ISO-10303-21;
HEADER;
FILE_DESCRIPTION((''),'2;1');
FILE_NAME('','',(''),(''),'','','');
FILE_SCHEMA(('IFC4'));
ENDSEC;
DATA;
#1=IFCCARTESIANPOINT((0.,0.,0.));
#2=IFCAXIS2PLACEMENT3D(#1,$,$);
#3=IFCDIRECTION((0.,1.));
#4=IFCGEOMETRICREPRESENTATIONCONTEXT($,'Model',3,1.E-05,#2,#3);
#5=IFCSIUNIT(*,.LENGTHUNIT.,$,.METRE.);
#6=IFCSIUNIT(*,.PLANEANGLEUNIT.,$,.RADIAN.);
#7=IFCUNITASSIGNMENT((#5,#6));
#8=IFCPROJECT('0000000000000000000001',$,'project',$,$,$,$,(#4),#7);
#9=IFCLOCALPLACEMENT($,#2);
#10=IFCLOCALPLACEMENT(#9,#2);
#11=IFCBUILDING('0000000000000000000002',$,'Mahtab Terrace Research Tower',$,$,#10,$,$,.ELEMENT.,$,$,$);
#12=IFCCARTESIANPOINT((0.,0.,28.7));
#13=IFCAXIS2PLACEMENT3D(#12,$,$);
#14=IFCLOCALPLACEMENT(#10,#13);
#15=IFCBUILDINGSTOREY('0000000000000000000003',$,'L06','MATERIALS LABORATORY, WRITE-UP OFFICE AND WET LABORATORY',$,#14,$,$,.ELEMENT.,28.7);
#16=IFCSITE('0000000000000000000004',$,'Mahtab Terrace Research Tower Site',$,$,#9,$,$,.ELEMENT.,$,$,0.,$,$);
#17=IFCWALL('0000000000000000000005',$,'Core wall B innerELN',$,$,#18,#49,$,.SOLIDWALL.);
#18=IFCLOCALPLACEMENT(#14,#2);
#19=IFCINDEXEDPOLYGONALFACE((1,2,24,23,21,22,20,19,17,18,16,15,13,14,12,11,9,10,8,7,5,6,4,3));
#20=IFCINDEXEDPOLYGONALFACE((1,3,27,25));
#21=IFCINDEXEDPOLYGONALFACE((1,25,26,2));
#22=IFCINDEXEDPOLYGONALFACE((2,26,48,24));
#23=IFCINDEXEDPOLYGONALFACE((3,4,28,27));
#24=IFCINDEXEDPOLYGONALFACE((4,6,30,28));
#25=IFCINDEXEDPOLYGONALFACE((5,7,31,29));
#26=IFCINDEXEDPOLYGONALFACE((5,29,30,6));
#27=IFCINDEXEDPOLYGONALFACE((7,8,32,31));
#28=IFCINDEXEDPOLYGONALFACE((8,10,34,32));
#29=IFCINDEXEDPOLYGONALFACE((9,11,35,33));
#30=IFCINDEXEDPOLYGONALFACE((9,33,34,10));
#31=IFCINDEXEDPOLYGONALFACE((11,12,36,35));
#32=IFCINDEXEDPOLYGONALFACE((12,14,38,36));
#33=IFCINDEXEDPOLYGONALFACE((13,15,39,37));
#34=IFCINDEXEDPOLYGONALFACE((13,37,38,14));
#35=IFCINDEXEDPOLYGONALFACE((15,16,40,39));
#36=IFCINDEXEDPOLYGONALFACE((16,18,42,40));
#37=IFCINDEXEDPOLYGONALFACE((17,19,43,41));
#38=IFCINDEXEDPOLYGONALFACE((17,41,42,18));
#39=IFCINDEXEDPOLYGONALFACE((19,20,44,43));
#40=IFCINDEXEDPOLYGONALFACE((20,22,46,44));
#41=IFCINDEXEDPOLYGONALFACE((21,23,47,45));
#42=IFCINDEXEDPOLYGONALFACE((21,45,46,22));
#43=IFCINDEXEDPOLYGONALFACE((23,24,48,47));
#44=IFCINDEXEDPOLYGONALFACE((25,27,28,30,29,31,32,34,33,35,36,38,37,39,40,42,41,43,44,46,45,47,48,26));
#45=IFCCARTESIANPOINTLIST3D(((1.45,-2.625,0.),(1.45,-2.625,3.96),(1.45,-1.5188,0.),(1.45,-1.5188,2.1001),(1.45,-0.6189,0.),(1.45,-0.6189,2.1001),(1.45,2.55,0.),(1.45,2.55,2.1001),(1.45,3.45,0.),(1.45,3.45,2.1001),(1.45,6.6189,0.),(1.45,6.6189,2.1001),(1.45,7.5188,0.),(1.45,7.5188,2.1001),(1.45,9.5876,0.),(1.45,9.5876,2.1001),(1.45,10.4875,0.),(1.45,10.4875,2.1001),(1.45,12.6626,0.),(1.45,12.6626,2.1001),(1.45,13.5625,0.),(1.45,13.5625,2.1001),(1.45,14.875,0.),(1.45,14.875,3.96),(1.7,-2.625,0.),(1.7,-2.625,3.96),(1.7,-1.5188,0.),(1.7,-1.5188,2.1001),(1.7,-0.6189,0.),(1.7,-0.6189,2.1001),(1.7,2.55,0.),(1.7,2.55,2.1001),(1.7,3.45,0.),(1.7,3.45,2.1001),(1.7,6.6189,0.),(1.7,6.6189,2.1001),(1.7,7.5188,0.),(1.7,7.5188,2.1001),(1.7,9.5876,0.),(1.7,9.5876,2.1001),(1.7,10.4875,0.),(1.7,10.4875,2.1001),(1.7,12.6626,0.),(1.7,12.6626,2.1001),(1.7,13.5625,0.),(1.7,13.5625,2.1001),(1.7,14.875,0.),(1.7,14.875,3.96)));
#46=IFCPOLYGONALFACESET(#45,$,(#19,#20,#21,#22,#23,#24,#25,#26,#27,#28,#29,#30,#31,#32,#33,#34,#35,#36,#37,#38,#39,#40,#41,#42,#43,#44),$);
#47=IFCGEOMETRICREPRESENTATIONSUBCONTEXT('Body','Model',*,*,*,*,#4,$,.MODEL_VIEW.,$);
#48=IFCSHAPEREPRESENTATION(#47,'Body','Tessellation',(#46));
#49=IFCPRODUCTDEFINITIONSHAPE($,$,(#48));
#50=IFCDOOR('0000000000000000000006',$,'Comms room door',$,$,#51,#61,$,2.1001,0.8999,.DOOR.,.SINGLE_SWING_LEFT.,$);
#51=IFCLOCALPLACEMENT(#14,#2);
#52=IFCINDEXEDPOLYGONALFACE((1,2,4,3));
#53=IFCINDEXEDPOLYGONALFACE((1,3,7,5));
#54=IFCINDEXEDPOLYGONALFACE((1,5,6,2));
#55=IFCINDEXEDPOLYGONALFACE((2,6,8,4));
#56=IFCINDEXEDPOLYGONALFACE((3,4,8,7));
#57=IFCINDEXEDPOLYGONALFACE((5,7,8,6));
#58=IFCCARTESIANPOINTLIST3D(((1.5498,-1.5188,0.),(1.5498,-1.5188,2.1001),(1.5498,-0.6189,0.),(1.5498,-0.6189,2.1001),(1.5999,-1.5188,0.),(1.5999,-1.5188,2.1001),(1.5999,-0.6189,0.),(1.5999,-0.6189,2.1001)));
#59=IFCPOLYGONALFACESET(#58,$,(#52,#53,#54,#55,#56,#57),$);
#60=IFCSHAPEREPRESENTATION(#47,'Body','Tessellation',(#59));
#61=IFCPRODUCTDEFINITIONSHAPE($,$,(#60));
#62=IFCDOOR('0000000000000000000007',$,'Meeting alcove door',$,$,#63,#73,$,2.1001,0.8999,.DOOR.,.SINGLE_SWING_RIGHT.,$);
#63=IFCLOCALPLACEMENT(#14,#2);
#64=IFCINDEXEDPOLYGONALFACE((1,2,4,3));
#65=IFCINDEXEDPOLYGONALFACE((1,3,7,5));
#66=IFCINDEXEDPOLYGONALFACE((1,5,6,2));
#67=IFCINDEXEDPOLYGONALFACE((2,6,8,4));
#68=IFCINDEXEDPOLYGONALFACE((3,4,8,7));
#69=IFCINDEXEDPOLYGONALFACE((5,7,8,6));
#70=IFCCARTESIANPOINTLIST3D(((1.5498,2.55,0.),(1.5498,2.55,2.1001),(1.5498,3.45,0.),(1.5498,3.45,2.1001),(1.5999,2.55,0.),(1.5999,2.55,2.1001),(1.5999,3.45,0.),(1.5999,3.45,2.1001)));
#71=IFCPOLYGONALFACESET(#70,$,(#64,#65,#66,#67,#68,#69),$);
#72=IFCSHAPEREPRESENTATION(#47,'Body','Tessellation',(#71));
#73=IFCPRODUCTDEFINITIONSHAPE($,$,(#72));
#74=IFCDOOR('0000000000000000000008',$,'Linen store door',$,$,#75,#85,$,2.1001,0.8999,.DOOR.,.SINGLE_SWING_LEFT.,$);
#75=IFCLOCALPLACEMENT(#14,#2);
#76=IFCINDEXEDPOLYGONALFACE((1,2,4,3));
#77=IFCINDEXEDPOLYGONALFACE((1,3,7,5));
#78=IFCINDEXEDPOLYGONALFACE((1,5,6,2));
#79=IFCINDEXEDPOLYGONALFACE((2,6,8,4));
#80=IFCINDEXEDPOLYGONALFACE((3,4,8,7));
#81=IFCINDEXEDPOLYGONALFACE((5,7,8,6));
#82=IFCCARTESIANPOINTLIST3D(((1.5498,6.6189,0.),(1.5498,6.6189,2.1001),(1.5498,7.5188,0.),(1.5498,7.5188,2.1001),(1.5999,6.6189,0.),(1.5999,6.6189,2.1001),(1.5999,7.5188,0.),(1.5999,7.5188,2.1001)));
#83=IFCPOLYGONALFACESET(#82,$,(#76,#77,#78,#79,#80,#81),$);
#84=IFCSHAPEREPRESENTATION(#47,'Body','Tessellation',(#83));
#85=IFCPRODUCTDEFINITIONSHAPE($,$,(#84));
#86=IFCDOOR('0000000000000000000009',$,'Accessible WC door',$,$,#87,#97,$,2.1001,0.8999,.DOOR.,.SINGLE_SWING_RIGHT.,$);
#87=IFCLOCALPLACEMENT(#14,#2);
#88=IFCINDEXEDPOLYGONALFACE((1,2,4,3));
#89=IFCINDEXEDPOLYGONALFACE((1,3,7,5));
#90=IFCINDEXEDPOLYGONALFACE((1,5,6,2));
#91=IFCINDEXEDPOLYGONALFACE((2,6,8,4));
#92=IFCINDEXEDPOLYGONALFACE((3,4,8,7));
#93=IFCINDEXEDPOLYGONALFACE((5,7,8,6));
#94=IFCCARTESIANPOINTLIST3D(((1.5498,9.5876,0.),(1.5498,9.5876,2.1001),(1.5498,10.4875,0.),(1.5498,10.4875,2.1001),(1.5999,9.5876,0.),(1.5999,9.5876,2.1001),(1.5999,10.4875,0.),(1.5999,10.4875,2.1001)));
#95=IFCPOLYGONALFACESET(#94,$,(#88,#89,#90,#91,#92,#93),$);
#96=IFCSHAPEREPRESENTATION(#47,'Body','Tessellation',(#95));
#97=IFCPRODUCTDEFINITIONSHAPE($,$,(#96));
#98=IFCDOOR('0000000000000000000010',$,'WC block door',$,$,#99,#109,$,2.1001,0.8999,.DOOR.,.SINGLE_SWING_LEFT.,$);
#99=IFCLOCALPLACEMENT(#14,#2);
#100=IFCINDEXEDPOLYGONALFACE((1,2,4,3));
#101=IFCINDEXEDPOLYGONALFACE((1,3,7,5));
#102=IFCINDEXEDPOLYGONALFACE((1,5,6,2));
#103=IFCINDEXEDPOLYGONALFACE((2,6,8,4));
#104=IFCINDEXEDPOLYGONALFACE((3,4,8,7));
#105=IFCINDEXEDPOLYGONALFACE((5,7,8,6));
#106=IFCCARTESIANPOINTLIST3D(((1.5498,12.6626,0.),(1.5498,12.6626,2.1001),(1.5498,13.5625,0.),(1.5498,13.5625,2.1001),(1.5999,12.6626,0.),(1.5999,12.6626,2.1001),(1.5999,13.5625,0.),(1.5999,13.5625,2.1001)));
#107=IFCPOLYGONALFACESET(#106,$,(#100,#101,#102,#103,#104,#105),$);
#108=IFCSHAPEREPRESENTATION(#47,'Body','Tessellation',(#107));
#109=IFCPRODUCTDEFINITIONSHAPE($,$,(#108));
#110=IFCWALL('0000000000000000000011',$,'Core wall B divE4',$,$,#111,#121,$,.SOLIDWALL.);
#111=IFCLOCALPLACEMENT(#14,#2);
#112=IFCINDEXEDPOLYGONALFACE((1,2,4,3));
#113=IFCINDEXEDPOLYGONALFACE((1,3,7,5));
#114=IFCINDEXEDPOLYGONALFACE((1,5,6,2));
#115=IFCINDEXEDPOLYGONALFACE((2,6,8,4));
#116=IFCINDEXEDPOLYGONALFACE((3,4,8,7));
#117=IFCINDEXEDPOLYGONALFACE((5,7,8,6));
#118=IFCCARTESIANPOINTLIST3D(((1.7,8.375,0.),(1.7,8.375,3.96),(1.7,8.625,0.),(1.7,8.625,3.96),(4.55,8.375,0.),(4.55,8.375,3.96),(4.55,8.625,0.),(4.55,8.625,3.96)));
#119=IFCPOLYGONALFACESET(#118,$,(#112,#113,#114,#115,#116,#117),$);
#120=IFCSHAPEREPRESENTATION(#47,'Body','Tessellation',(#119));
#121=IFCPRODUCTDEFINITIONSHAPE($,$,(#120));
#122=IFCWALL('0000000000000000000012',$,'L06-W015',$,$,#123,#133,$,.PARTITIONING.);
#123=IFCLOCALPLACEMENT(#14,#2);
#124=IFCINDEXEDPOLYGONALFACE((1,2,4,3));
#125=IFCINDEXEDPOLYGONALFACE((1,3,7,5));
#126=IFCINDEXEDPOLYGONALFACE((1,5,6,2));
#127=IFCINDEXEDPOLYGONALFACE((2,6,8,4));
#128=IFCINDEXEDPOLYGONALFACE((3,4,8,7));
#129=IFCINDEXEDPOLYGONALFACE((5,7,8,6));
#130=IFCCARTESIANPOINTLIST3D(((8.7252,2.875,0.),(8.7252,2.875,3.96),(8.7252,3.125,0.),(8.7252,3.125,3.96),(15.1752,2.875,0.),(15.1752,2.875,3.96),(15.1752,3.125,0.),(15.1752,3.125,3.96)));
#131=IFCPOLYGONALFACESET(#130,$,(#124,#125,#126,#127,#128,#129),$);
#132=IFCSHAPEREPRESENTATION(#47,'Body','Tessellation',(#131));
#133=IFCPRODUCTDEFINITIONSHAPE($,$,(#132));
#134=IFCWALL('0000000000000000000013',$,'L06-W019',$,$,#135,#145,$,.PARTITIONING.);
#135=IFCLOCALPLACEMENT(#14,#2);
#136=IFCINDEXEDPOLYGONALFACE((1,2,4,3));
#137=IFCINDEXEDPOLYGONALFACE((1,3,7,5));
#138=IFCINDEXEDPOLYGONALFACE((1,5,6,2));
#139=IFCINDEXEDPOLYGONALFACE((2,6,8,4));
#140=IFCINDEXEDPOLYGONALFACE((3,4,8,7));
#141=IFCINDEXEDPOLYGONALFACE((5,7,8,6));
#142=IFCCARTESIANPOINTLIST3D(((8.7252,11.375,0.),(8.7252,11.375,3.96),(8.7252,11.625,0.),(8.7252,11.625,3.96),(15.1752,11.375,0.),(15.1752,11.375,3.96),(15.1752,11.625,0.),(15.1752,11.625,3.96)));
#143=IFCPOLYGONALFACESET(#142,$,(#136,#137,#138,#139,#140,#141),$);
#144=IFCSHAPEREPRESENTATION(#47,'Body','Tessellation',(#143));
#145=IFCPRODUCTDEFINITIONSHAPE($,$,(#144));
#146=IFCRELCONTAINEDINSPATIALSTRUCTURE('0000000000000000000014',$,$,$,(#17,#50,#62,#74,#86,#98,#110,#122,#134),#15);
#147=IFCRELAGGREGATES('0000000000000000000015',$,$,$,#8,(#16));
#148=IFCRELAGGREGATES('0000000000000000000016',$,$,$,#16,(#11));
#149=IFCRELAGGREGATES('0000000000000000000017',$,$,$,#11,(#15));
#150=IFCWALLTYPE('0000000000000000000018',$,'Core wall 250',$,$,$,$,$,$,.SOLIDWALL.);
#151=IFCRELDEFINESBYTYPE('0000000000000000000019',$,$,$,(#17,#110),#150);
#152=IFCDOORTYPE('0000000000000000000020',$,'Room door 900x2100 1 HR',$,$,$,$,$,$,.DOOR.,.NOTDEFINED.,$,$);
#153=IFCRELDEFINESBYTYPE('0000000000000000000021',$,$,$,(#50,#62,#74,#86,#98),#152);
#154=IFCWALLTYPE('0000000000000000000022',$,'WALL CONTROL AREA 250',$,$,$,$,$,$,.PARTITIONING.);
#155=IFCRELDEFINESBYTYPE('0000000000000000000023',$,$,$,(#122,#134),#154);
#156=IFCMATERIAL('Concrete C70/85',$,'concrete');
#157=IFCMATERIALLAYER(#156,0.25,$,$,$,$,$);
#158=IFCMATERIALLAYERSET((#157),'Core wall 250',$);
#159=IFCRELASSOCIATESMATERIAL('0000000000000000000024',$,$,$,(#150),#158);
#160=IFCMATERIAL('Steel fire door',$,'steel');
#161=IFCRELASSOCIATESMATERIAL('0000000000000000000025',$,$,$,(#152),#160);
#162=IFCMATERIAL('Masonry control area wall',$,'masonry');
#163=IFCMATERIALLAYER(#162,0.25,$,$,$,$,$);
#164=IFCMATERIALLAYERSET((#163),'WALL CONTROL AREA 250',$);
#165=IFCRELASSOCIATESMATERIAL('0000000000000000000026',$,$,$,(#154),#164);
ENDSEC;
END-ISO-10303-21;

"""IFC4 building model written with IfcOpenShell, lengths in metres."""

from ifc_helpers import new_model, si_unit, direction, frame, frame_2d, origin, place, context, subcontext, project, spatial, rectangle, extrude, material, layer, layer_set, type_object, element, fill, save


model = new_model("IFC4")

# Units and contexts
model_context = context("Model", 3, precision=1e-05, world=origin(), true_north=direction((0.0, 1.0)))
body_context = subcontext(model_context, "Body", "Model", "MODEL_VIEW")
ifc_project = project(units=[si_unit("LENGTHUNIT", "METRE"), si_unit("PLANEANGLEUNIT", "RADIAN")], contexts=[model_context])

# Site, building, storey
site_placement = place(None, origin())
site = spatial("IfcSite", under=ifc_project, at=site_placement, Name="Mahtab Terrace Research Tower Site", CompositionType="ELEMENT", RefElevation=0.0)
building_placement = place(site_placement, origin())
building = spatial("IfcBuilding", under=site, at=building_placement, Name="Mahtab Terrace Research Tower", CompositionType="ELEMENT")
storey_placement = place(building_placement, frame((0.0, 0.0, 28.7)))
storey = spatial("IfcBuildingStorey", under=building, at=storey_placement, Name="L06", Description="MATERIALS LABORATORY, WRITE-UP OFFICE AND WET LABORATORY", CompositionType="ELEMENT", Elevation=28.7)

# Shared definitions
ifc_material_1 = material(Name="Concrete C70/85", Category="concrete")

# Wall, openings, doors
ifc_layer_1 = layer(ifc_material_1, 0.25)
ifc_layer_set_1 = layer_set([ifc_layer_1], Name="Core wall 250")
wall_type_1 = type_object("IfcWallType", Name="Core wall 250", PredefinedType="SOLIDWALL", material=ifc_layer_set_1)
wall_1_placement = place(storey_placement, frame((1.575, 14.875, 0.0), z_axis=(0.0, 0.0, 1.0), x_axis=(0.0, -1.0, 0.0)))
wall_1 = element("IfcWall", 1, at=wall_1_placement, inside=storey, type_object=wall_type_1, Name="Core wall B innerELN", PredefinedType="SOLIDWALL", context=body_context, shape_type="SweptSolid", body=[
    extrude(rectangle(XDim=17.5, YDim=0.25, at=frame_2d((8.75, 0.0))), origin(), (0.0, 0.0, 1.0), 3.96),
])
opening_1_placement = place(wall_1_placement, frame((15.4939, 0.0, 0.0)))
opening_1 = element("IfcOpeningElement", 2, at=opening_1_placement, cuts=wall_1, PredefinedType="OPENING", context=body_context, shape_type="SweptSolid", body=[
    extrude(rectangle(XDim=0.8999, YDim=2.1001, at=frame_2d((0.45, 1.05))), frame((0.0, 0.135, 0.0), z_axis=(0.0, -1.0, 0.0), x_axis=(1.0, 0.0, 0.0)), (0.0, 0.0, 1.0), 0.27),
])
opening_2_placement = place(wall_1_placement, frame((11.425, 0.0, 0.0)))
opening_2 = element("IfcOpeningElement", 3, at=opening_2_placement, cuts=wall_1, PredefinedType="OPENING", context=body_context, shape_type="SweptSolid", body=[
    extrude(rectangle(XDim=0.8999, YDim=2.1001, at=frame_2d((0.45, 1.05))), frame((0.0, 0.135, 0.0), z_axis=(0.0, -1.0, 0.0), x_axis=(1.0, 0.0, 0.0)), (0.0, 0.0, 1.0), 0.27),
])
opening_3_placement = place(wall_1_placement, frame((7.3562, 0.0, 0.0)))
opening_3 = element("IfcOpeningElement", 4, at=opening_3_placement, cuts=wall_1, PredefinedType="OPENING", context=body_context, shape_type="SweptSolid", body=[
    extrude(rectangle(XDim=0.8999, YDim=2.1001, at=frame_2d((0.45, 1.05))), frame((0.0, 0.135, 0.0), z_axis=(0.0, -1.0, 0.0), x_axis=(1.0, 0.0, 0.0)), (0.0, 0.0, 1.0), 0.27),
])
opening_4_placement = place(wall_1_placement, frame((4.3875, 0.0, 0.0)))
opening_4 = element("IfcOpeningElement", 5, at=opening_4_placement, cuts=wall_1, PredefinedType="OPENING", context=body_context, shape_type="SweptSolid", body=[
    extrude(rectangle(XDim=0.8999, YDim=2.1001, at=frame_2d((0.45, 1.05))), frame((0.0, 0.135, 0.0), z_axis=(0.0, -1.0, 0.0), x_axis=(1.0, 0.0, 0.0)), (0.0, 0.0, 1.0), 0.27),
])
opening_5_placement = place(wall_1_placement, frame((1.3125, 0.0, 0.0)))
opening_5 = element("IfcOpeningElement", 6, at=opening_5_placement, cuts=wall_1, PredefinedType="OPENING", context=body_context, shape_type="SweptSolid", body=[
    extrude(rectangle(XDim=0.8999, YDim=2.1001, at=frame_2d((0.45, 1.05))), frame((0.0, 0.135, 0.0), z_axis=(0.0, -1.0, 0.0), x_axis=(1.0, 0.0, 0.0)), (0.0, 0.0, 1.0), 0.27),
])
ifc_material_2 = material(Name="Steel fire door", Category="steel")
door_type_1 = type_object("IfcDoorType", Name="Room door 900x2100 1 HR", OperationType="NOTDEFINED", PredefinedType="DOOR", material=ifc_material_2)
door_1_placement = place(opening_1_placement, origin())
door_1 = element("IfcDoor", 7, at=door_1_placement, inside=storey, type_object=door_type_1, Name="Comms room door", OperationType="SINGLE_SWING_LEFT", OverallHeight=2.1001, OverallWidth=0.8999, PredefinedType="DOOR", context=body_context, shape_type="SweptSolid", body=[
    extrude(rectangle(XDim=0.8999, YDim=2.1001, at=frame_2d((0.45, 1.05))), frame((0.0, 0.0249, 0.0), z_axis=(0.0, -1.0, 0.0), x_axis=(1.0, 0.0, 0.0)), (0.0, 0.0, 1.0), 0.05),
])
fill(opening_1, door_1)
door_2_placement = place(opening_2_placement, origin())
door_2 = element("IfcDoor", 8, at=door_2_placement, inside=storey, type_object=door_type_1, Name="Meeting alcove door", OperationType="SINGLE_SWING_RIGHT", OverallHeight=2.1001, OverallWidth=0.8999, PredefinedType="DOOR", context=body_context, shape_type="SweptSolid", body=[
    extrude(rectangle(XDim=0.8999, YDim=2.1001, at=frame_2d((0.45, 1.05))), frame((0.0, 0.0249, 0.0), z_axis=(0.0, -1.0, 0.0), x_axis=(1.0, 0.0, 0.0)), (0.0, 0.0, 1.0), 0.05),
])
fill(opening_2, door_2)
door_3_placement = place(opening_3_placement, origin())
door_3 = element("IfcDoor", 9, at=door_3_placement, inside=storey, type_object=door_type_1, Name="Linen store door", OperationType="SINGLE_SWING_LEFT", OverallHeight=2.1001, OverallWidth=0.8999, PredefinedType="DOOR", context=body_context, shape_type="SweptSolid", body=[
    extrude(rectangle(XDim=0.8999, YDim=2.1001, at=frame_2d((0.45, 1.05))), frame((0.0, 0.0249, 0.0), z_axis=(0.0, -1.0, 0.0), x_axis=(1.0, 0.0, 0.0)), (0.0, 0.0, 1.0), 0.05),
])
fill(opening_3, door_3)
door_4_placement = place(opening_4_placement, origin())
door_4 = element("IfcDoor", 10, at=door_4_placement, inside=storey, type_object=door_type_1, Name="Accessible WC door", OperationType="SINGLE_SWING_RIGHT", OverallHeight=2.1001, OverallWidth=0.8999, PredefinedType="DOOR", context=body_context, shape_type="SweptSolid", body=[
    extrude(rectangle(XDim=0.8999, YDim=2.1001, at=frame_2d((0.45, 1.05))), frame((0.0, 0.0249, 0.0), z_axis=(0.0, -1.0, 0.0), x_axis=(1.0, 0.0, 0.0)), (0.0, 0.0, 1.0), 0.05),
])
fill(opening_4, door_4)
door_5_placement = place(opening_5_placement, origin())
door_5 = element("IfcDoor", 11, at=door_5_placement, inside=storey, type_object=door_type_1, Name="WC block door", OperationType="SINGLE_SWING_LEFT", OverallHeight=2.1001, OverallWidth=0.8999, PredefinedType="DOOR", context=body_context, shape_type="SweptSolid", body=[
    extrude(rectangle(XDim=0.8999, YDim=2.1001, at=frame_2d((0.45, 1.05))), frame((0.0, 0.0249, 0.0), z_axis=(0.0, -1.0, 0.0), x_axis=(1.0, 0.0, 0.0)), (0.0, 0.0, 1.0), 0.05),
])
fill(opening_5, door_5)

# Walls
wall_2_placement = place(storey_placement, frame((1.7, 8.5, 0.0), z_axis=(0.0, 0.0, 1.0), x_axis=(1.0, 0.0, 0.0)))
element("IfcWall", 12, at=wall_2_placement, inside=storey, type_object=wall_type_1, Name="Core wall B divE4", PredefinedType="SOLIDWALL", context=body_context, shape_type="SweptSolid", body=[
    extrude(rectangle(XDim=2.8501, YDim=0.25, at=frame_2d((1.425, 0.0))), origin(), (0.0, 0.0, 1.0), 3.96),
])
ifc_material_3 = material(Name="Masonry control area wall", Category="masonry")
ifc_layer_2 = layer(ifc_material_3, 0.25)
ifc_layer_set_2 = layer_set([ifc_layer_2], Name="WALL CONTROL AREA 250")
wall_type_2 = type_object("IfcWallType", Name="WALL CONTROL AREA 250", PredefinedType="PARTITIONING", material=ifc_layer_set_2)
for number, where, z_axis, x_axis, name in (
    (13, (8.7251, 3.0, 0.0), (0.0, 0.0, 1.0), (1.0, 0.0, 0.0), "L06-W015"),
    (14, (8.7251, 11.5, 0.0), (0.0, 0.0, 1.0), (1.0, 0.0, 0.0), "L06-W019"),
):
    element("IfcWall", number, at=place(storey_placement, frame(where, z_axis=z_axis, x_axis=x_axis)), inside=storey, type_object=wall_type_2, Name=name, PredefinedType="PARTITIONING", context=body_context, shape_type="SweptSolid", body=[
        extrude(rectangle(XDim=6.45, YDim=0.25, at=frame_2d((3.2251, 0.0))), origin(), (0.0, 0.0, 1.0), 3.96),
    ])

save(model, "model.ifc")
